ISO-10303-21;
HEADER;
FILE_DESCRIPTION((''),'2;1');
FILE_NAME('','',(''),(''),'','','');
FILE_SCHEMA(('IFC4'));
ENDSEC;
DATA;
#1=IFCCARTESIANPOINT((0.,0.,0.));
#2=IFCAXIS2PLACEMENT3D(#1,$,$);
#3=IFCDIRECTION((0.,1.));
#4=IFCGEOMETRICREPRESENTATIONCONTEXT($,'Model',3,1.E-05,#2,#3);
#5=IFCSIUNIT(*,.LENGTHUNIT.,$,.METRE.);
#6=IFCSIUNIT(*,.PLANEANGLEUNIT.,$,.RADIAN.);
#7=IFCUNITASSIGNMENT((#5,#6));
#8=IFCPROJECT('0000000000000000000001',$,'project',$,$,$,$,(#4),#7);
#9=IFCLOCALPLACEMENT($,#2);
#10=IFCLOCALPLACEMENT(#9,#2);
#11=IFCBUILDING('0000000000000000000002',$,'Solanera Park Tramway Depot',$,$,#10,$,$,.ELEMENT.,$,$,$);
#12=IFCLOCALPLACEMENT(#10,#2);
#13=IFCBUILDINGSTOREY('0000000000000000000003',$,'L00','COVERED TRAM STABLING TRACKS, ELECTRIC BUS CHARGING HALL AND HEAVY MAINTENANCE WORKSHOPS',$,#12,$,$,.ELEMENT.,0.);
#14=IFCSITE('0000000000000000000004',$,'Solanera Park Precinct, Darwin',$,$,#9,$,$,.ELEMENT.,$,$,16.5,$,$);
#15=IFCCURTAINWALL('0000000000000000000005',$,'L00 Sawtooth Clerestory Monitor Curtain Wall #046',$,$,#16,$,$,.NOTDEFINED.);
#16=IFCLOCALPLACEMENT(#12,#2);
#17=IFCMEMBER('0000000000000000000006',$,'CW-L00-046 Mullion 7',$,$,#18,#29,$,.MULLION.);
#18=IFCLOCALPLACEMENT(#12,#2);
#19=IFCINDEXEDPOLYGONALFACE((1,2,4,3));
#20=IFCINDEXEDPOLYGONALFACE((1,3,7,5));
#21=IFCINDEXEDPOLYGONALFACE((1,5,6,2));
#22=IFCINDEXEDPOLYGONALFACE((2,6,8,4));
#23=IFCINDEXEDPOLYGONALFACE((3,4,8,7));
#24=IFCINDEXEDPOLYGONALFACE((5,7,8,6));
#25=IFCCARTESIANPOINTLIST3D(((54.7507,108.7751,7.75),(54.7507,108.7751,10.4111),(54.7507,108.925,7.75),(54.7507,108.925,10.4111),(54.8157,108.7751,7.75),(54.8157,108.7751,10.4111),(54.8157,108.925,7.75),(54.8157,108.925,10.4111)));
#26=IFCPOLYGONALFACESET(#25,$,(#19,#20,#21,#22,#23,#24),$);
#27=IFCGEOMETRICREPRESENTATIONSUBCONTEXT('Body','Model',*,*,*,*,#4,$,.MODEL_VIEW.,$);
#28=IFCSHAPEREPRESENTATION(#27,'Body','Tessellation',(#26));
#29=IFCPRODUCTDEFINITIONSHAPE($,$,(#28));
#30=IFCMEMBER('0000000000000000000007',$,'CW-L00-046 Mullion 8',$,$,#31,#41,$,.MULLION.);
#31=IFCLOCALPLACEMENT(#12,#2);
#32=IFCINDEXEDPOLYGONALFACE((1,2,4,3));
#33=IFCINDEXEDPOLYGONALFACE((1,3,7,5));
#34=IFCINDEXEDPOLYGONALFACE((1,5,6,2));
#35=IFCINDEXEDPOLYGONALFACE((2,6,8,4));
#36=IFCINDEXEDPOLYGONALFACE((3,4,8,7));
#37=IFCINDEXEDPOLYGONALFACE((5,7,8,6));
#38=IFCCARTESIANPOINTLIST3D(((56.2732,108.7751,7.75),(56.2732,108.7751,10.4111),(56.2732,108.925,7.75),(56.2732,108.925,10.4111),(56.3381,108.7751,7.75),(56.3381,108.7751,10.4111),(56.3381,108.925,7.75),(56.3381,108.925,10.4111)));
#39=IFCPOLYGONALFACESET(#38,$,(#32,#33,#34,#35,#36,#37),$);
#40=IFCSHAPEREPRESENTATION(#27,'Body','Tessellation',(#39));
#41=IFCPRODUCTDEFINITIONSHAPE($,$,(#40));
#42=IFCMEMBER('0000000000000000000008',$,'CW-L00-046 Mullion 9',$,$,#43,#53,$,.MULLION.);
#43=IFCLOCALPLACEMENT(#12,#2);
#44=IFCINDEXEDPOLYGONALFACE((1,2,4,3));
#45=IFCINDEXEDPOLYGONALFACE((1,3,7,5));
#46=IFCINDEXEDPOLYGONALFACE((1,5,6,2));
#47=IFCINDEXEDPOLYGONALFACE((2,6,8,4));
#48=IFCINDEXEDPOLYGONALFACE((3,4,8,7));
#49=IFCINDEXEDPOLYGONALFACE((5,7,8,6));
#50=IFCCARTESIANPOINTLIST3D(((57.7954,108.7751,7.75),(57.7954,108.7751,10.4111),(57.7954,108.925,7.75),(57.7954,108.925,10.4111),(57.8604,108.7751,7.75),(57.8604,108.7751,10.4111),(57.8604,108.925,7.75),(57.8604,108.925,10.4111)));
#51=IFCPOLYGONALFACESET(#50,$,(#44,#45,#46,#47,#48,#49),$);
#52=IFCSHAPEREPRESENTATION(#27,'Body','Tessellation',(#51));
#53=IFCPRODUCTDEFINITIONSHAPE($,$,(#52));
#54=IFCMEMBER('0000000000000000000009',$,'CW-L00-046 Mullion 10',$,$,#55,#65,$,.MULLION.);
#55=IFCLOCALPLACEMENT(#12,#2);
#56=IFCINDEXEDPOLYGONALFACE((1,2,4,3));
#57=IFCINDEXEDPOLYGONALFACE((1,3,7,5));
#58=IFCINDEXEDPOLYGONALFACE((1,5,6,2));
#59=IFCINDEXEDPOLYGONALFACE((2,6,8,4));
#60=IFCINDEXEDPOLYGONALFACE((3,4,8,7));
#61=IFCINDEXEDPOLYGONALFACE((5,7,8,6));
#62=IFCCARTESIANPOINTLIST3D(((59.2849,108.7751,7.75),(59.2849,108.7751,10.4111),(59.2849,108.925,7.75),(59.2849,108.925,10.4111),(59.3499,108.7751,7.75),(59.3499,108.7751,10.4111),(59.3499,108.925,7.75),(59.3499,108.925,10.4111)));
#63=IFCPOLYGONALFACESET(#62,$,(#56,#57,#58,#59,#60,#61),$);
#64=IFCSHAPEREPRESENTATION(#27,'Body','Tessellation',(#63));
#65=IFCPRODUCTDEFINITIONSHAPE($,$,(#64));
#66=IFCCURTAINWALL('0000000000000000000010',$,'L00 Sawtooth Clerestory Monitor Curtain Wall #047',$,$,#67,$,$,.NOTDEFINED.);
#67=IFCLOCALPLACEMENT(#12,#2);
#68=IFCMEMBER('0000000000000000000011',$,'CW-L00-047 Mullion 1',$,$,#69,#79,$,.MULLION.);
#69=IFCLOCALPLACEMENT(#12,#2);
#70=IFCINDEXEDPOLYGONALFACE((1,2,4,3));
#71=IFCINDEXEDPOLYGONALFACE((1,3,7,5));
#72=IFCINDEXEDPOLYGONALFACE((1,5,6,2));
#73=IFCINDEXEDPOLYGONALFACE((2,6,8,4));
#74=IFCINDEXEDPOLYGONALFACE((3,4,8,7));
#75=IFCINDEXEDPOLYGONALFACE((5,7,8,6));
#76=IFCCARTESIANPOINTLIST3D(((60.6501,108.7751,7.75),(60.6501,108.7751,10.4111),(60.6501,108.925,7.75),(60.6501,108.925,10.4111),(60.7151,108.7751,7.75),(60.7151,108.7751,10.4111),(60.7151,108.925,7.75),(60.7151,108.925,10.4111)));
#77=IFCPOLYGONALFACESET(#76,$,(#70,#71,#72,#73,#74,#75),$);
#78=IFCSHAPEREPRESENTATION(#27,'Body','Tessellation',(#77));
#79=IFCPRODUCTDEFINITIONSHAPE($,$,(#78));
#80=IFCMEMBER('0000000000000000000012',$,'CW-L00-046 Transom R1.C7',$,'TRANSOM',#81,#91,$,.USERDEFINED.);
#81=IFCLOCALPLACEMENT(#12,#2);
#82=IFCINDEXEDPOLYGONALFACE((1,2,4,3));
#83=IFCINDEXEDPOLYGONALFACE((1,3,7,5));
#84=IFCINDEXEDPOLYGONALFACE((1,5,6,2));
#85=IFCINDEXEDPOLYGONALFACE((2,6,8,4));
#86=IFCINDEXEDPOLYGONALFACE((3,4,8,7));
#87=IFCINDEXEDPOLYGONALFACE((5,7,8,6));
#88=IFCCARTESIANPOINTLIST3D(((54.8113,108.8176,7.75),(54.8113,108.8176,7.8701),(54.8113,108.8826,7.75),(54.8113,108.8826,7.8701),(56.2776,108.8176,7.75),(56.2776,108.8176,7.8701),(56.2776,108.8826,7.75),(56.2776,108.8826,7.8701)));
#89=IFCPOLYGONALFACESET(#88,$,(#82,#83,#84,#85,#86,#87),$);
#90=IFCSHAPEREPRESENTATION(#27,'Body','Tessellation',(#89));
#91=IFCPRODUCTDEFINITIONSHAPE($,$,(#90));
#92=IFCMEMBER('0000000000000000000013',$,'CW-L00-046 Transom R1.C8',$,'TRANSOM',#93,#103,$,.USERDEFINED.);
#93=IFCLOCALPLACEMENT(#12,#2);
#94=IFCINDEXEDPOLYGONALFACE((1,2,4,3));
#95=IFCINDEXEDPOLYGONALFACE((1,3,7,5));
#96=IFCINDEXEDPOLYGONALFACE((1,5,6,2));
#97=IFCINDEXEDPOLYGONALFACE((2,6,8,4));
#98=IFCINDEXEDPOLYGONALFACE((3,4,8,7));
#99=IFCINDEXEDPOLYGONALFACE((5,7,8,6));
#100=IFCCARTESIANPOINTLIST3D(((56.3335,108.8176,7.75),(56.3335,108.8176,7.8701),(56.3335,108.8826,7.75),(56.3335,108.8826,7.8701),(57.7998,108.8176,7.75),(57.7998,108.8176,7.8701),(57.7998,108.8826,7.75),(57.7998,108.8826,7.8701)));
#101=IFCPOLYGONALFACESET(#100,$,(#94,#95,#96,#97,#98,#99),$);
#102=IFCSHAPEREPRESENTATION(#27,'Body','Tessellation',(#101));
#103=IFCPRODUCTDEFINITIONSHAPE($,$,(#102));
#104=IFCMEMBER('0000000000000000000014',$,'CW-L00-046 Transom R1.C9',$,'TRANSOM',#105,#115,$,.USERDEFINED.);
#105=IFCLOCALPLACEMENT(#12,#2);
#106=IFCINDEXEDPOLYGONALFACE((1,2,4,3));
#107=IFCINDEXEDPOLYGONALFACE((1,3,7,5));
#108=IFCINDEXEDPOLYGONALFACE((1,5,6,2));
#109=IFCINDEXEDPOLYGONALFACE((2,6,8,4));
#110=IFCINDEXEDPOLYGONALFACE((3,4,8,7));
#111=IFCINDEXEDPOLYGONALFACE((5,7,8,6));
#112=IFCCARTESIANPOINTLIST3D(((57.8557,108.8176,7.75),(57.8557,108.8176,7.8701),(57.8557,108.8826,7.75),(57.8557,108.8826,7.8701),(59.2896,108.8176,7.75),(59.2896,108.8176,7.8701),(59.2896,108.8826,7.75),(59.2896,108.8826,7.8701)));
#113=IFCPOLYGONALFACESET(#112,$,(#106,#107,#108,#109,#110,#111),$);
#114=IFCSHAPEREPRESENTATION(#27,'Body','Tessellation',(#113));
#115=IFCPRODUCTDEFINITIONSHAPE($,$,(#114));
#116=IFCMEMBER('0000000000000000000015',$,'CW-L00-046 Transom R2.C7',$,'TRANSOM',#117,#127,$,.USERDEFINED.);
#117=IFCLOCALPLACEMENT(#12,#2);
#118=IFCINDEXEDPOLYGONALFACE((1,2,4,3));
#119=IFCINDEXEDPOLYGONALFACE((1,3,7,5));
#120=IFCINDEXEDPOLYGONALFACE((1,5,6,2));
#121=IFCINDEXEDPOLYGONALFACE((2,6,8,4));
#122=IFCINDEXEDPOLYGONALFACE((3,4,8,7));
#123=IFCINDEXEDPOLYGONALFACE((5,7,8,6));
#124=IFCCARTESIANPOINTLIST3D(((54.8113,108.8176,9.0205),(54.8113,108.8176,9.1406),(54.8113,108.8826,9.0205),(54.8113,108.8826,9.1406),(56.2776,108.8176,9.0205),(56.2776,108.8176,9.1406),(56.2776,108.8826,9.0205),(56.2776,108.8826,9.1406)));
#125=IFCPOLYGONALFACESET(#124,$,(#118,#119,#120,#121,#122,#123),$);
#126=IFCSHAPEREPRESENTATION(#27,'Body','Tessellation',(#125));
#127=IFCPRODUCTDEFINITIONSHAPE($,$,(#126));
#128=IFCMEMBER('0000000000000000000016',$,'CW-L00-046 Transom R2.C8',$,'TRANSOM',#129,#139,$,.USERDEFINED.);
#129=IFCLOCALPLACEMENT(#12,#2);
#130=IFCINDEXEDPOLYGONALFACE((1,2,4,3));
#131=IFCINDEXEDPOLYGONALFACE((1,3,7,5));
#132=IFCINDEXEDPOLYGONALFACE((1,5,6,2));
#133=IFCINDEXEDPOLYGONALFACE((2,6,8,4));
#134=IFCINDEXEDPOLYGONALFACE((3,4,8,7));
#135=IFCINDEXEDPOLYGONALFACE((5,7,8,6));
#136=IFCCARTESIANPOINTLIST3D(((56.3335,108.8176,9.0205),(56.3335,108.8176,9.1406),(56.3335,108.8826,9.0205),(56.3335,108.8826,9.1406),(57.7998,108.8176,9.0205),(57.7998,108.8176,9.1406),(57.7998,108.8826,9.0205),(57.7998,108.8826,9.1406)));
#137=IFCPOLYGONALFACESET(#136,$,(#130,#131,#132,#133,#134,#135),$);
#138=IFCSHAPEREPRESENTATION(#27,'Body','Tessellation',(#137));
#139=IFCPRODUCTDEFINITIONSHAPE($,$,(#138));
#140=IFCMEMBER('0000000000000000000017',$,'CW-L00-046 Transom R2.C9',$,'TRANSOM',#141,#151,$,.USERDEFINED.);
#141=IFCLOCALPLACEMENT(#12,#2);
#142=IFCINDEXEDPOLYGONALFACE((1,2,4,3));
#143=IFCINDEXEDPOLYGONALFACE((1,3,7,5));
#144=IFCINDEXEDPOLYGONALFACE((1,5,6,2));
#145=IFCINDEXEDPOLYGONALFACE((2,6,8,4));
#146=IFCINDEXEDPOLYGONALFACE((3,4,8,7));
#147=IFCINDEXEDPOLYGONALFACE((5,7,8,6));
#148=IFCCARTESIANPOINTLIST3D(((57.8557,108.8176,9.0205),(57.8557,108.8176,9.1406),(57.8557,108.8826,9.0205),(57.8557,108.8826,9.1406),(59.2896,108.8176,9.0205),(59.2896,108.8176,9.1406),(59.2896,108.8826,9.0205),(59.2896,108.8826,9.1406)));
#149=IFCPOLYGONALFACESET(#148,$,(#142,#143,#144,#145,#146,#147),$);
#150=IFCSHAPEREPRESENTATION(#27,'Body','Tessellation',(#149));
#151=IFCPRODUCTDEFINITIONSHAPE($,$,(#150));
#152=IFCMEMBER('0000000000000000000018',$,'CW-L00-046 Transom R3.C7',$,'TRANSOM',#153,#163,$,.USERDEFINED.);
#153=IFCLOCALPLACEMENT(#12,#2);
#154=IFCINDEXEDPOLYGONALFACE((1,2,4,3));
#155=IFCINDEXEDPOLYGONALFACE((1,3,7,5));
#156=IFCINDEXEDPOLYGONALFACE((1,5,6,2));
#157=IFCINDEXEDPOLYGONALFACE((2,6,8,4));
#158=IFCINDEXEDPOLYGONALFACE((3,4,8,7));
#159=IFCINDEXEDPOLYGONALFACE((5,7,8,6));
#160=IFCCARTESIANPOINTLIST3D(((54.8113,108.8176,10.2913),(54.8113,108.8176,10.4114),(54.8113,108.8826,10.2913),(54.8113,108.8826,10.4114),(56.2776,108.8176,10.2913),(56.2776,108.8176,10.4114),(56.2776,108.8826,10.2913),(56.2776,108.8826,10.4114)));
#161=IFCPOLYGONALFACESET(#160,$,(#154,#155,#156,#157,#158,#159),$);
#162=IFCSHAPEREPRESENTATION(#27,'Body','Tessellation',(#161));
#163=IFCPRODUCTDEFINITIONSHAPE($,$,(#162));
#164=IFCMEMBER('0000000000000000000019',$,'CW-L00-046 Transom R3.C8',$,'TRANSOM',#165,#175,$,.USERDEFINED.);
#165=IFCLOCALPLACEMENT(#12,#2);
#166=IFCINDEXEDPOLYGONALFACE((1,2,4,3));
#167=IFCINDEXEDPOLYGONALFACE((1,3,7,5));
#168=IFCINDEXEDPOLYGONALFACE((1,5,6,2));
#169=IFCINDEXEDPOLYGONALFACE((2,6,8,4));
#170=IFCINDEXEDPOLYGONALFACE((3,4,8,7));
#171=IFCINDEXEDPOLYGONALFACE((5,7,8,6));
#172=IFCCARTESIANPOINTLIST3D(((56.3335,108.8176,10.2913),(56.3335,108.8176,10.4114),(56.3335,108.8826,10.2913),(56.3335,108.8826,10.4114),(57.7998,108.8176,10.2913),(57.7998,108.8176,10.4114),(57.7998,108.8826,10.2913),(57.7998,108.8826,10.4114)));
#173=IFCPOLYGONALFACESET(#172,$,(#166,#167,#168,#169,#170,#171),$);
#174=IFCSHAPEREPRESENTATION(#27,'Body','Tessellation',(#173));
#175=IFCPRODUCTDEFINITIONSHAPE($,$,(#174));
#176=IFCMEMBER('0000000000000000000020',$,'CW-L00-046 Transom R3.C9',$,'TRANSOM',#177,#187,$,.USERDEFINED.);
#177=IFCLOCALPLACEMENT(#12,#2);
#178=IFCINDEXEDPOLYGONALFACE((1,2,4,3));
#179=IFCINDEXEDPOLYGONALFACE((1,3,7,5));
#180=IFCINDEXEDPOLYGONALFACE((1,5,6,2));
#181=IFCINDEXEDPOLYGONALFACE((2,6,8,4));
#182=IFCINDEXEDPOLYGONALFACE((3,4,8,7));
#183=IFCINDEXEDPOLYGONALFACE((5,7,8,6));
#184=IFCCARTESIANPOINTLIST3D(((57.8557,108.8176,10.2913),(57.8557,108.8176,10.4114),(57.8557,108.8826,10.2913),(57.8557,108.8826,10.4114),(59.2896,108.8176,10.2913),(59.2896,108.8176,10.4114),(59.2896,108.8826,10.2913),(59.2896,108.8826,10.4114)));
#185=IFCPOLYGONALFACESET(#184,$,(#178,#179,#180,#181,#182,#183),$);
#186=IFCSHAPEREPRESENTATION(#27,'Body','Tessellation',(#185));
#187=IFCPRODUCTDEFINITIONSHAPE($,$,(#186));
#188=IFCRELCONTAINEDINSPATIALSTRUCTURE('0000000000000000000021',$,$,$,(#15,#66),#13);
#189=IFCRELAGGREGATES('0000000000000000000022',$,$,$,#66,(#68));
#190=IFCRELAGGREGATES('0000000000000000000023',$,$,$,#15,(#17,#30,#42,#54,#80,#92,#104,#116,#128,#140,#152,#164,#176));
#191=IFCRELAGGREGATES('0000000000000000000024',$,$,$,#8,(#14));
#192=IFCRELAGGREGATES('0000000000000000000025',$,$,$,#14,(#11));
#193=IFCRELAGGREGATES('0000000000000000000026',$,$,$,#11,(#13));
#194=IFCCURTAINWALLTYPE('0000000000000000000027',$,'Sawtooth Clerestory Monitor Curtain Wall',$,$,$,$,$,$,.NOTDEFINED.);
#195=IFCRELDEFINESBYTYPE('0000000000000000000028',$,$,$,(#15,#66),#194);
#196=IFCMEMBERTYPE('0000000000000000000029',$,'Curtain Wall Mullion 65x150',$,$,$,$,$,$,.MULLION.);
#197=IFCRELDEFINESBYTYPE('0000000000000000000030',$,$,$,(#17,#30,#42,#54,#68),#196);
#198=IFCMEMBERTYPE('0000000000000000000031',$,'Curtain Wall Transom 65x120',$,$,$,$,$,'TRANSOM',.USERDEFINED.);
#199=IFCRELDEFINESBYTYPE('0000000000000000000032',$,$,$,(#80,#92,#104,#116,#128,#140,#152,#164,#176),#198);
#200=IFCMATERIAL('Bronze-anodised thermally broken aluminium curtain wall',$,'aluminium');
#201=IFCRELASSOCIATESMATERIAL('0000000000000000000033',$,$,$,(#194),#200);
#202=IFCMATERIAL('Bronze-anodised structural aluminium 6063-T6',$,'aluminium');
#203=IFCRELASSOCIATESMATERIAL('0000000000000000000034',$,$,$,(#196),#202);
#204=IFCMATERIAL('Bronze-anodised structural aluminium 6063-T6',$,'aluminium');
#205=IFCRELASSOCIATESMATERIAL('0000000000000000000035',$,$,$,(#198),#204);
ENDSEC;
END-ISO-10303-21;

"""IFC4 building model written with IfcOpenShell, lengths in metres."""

from ifc_helpers import new_model, si_unit, direction, frame, origin, origin_2d, place, context, subcontext, project, spatial, rectangle, extrude, material, material_profile, profile_set, type_object, element, aggregate, save


model = new_model("IFC4")

# Units and contexts
model_context = context("Model", 3, precision=1e-05, world=origin(), true_north=direction((0.0, 1.0)))
body_context = subcontext(model_context, "Body", "Model", "MODEL_VIEW")
ifc_project = project(units=[si_unit("LENGTHUNIT", "METRE"), si_unit("PLANEANGLEUNIT", "RADIAN")], contexts=[model_context])

# Site, building, storey
site_placement = place(None, origin())
site = spatial("IfcSite", under=ifc_project, at=site_placement, Name="Solanera Park Precinct, Darwin", CompositionType="ELEMENT", RefElevation=16.5)
building_placement = place(site_placement, origin())
building = spatial("IfcBuilding", under=site, at=building_placement, Name="Solanera Park Tramway Depot", CompositionType="ELEMENT")
storey_placement = place(building_placement, origin())
storey = spatial("IfcBuildingStorey", under=building, at=storey_placement, Name="L00", Description="COVERED TRAM STABLING TRACKS, ELECTRIC BUS CHARGING HALL AND HEAVY MAINTENANCE WORKSHOPS", CompositionType="ELEMENT", Elevation=0.0)

# Curtain wall, members
ifc_material_1 = material(Name="Bronze-anodised thermally broken aluminium curtain wall", Category="aluminium")
curtain_wall_type = type_object("IfcCurtainWallType", Name="Sawtooth Clerestory Monitor Curtain Wall", PredefinedType="NOTDEFINED", material=ifc_material_1)
curtain_wall_1_placement = place(storey_placement, origin())
curtain_wall_1 = element("IfcCurtainWall", 1, at=curtain_wall_1_placement, inside=storey, type_object=curtain_wall_type, Name="L00 Sawtooth Clerestory Monitor Curtain Wall #046", PredefinedType="NOTDEFINED")
ifc_material_2 = material(Name="Bronze-anodised structural aluminium 6063-T6", Category="aluminium")
ifc_material_profile_1 = material_profile(ifc_material_2, rectangle(XDim=0.0649, YDim=0.1499, at=origin_2d()), Name="Curtain Wall Mullion 65x150")
ifc_profile_set_1 = profile_set([ifc_material_profile_1], Name="Bronze-anodised structural aluminium 6063-T6")
member_type_1 = type_object("IfcMemberType", Name="Curtain Wall Mullion 65x150", PredefinedType="MULLION", material=ifc_profile_set_1)
member_1_placement = place(storey_placement, frame((54.7832, 108.8501, 7.75), z_axis=(0.0, 0.0, 1.0), x_axis=(1.0, 0.0, 0.0)))
member_1 = element("IfcMember", 2, at=member_1_placement, type_object=member_type_1, Name="CW-L00-046 Mullion 7", PredefinedType="MULLION", context=body_context, shape_type="SweptSolid", body=[
    extrude(rectangle(XDim=0.0649, YDim=0.1499, at=origin_2d()), origin(), (0.0, 0.0, 1.0), 2.6611),
])
member_2_placement = place(storey_placement, frame((56.3057, 108.8501, 7.75), z_axis=(0.0, 0.0, 1.0), x_axis=(1.0, 0.0, 0.0)))
member_2 = element("IfcMember", 3, at=member_2_placement, type_object=member_type_1, Name="CW-L00-046 Mullion 8", PredefinedType="MULLION", context=body_context, shape_type="SweptSolid", body=[
    extrude(rectangle(XDim=0.0649, YDim=0.1499, at=origin_2d()), origin(), (0.0, 0.0, 1.0), 2.6611),
])
member_3_placement = place(storey_placement, frame((57.8279, 108.8501, 7.75), z_axis=(0.0, 0.0, 1.0), x_axis=(1.0, 0.0, 0.0)))
member_3 = element("IfcMember", 4, at=member_3_placement, type_object=member_type_1, Name="CW-L00-046 Mullion 9", PredefinedType="MULLION", context=body_context, shape_type="SweptSolid", body=[
    extrude(rectangle(XDim=0.0649, YDim=0.1499, at=origin_2d()), origin(), (0.0, 0.0, 1.0), 2.6611),
])
member_4_placement = place(storey_placement, frame((59.3174, 108.8501, 7.75), z_axis=(0.0, 0.0, 1.0), x_axis=(1.0, 0.0, 0.0)))
member_4 = element("IfcMember", 5, at=member_4_placement, type_object=member_type_1, Name="CW-L00-046 Mullion 10", PredefinedType="MULLION", context=body_context, shape_type="SweptSolid", body=[
    extrude(rectangle(XDim=0.0649, YDim=0.1499, at=origin_2d()), origin(), (0.0, 0.0, 1.0), 2.6611),
])

# Curtain wall, member
curtain_wall_2_placement = place(storey_placement, origin())
curtain_wall_2 = element("IfcCurtainWall", 6, at=curtain_wall_2_placement, inside=storey, type_object=curtain_wall_type, Name="L00 Sawtooth Clerestory Monitor Curtain Wall #047", PredefinedType="NOTDEFINED")
member_5_placement = place(storey_placement, frame((60.6826, 108.8501, 7.75), z_axis=(0.0, 0.0, 1.0), x_axis=(1.0, 0.0, 0.0)))
member_5 = element("IfcMember", 7, at=member_5_placement, type_object=member_type_1, Name="CW-L00-047 Mullion 1", PredefinedType="MULLION", context=body_context, shape_type="SweptSolid", body=[
    extrude(rectangle(XDim=0.0649, YDim=0.1499, at=origin_2d()), origin(), (0.0, 0.0, 1.0), 2.6611),
])
aggregate(curtain_wall_2, [member_5])

# Members
ifc_material_3 = material(Name="Bronze-anodised structural aluminium 6063-T6", Category="aluminium")
ifc_material_profile_2 = material_profile(ifc_material_3, rectangle(XDim=0.0649, YDim=0.1201, at=origin_2d()), Name="Curtain Wall Transom 65x120")
ifc_profile_set_2 = profile_set([ifc_material_profile_2], Name="Bronze-anodised structural aluminium 6063-T6")
member_type_2 = type_object("IfcMemberType", Name="Curtain Wall Transom 65x120", ElementType="TRANSOM", PredefinedType="USERDEFINED", material=ifc_profile_set_2)
member_6_placement = place(storey_placement, frame((54.8113, 108.8501, 7.8101), z_axis=(1.0, 0.0, 0.0), x_axis=(0.0, 1.0, 0.0)))
member_6 = element("IfcMember", 8, at=member_6_placement, type_object=member_type_2, Name="CW-L00-046 Transom R1.C7", ObjectType="TRANSOM", PredefinedType="USERDEFINED", context=body_context, shape_type="SweptSolid", body=[
    extrude(rectangle(XDim=0.0649, YDim=0.1201, at=origin_2d()), origin(), (0.0, 0.0, 1.0), 1.4663),
])
member_7_placement = place(storey_placement, frame((56.3335, 108.8501, 7.8101), z_axis=(1.0, 0.0, 0.0), x_axis=(0.0, 1.0, 0.0)))
member_7 = element("IfcMember", 9, at=member_7_placement, type_object=member_type_2, Name="CW-L00-046 Transom R1.C8", ObjectType="TRANSOM", PredefinedType="USERDEFINED", context=body_context, shape_type="SweptSolid", body=[
    extrude(rectangle(XDim=0.0649, YDim=0.1201, at=origin_2d()), origin(), (0.0, 0.0, 1.0), 1.4663),
])
member_8_placement = place(storey_placement, frame((57.8557, 108.8501, 7.8101), z_axis=(1.0, 0.0, 0.0), x_axis=(0.0, 1.0, 0.0)))
member_8 = element("IfcMember", 10, at=member_8_placement, type_object=member_type_2, Name="CW-L00-046 Transom R1.C9", ObjectType="TRANSOM", PredefinedType="USERDEFINED", context=body_context, shape_type="SweptSolid", body=[
    extrude(rectangle(XDim=0.0649, YDim=0.1201, at=origin_2d()), origin(), (0.0, 0.0, 1.0), 1.4338),
])
member_9_placement = place(storey_placement, frame((54.8113, 108.8501, 9.0806), z_axis=(1.0, 0.0, 0.0), x_axis=(0.0, 1.0, 0.0)))
member_9 = element("IfcMember", 11, at=member_9_placement, type_object=member_type_2, Name="CW-L00-046 Transom R2.C7", ObjectType="TRANSOM", PredefinedType="USERDEFINED", context=body_context, shape_type="SweptSolid", body=[
    extrude(rectangle(XDim=0.0649, YDim=0.1201, at=origin_2d()), origin(), (0.0, 0.0, 1.0), 1.4663),
])
member_10_placement = place(storey_placement, frame((56.3335, 108.8501, 9.0806), z_axis=(1.0, 0.0, 0.0), x_axis=(0.0, 1.0, 0.0)))
member_10 = element("IfcMember", 12, at=member_10_placement, type_object=member_type_2, Name="CW-L00-046 Transom R2.C8", ObjectType="TRANSOM", PredefinedType="USERDEFINED", context=body_context, shape_type="SweptSolid", body=[
    extrude(rectangle(XDim=0.0649, YDim=0.1201, at=origin_2d()), origin(), (0.0, 0.0, 1.0), 1.4663),
])
member_11_placement = place(storey_placement, frame((57.8557, 108.8501, 9.0806), z_axis=(1.0, 0.0, 0.0), x_axis=(0.0, 1.0, 0.0)))
member_11 = element("IfcMember", 13, at=member_11_placement, type_object=member_type_2, Name="CW-L00-046 Transom R2.C9", ObjectType="TRANSOM", PredefinedType="USERDEFINED", context=body_context, shape_type="SweptSolid", body=[
    extrude(rectangle(XDim=0.0649, YDim=0.1201, at=origin_2d()), origin(), (0.0, 0.0, 1.0), 1.4338),
])
member_12_placement = place(storey_placement, frame((54.8113, 108.8501, 10.3513), z_axis=(1.0, 0.0, 0.0), x_axis=(0.0, 1.0, 0.0)))
member_12 = element("IfcMember", 14, at=member_12_placement, type_object=member_type_2, Name="CW-L00-046 Transom R3.C7", ObjectType="TRANSOM", PredefinedType="USERDEFINED", context=body_context, shape_type="SweptSolid", body=[
    extrude(rectangle(XDim=0.0649, YDim=0.1201, at=origin_2d()), origin(), (0.0, 0.0, 1.0), 1.4663),
])
member_13_placement = place(storey_placement, frame((56.3335, 108.8501, 10.3513), z_axis=(1.0, 0.0, 0.0), x_axis=(0.0, 1.0, 0.0)))
member_13 = element("IfcMember", 15, at=member_13_placement, type_object=member_type_2, Name="CW-L00-046 Transom R3.C8", ObjectType="TRANSOM", PredefinedType="USERDEFINED", context=body_context, shape_type="SweptSolid", body=[
    extrude(rectangle(XDim=0.0649, YDim=0.1201, at=origin_2d()), origin(), (0.0, 0.0, 1.0), 1.4663),
])
member_14_placement = place(storey_placement, frame((57.8557, 108.8501, 10.3513), z_axis=(1.0, 0.0, 0.0), x_axis=(0.0, 1.0, 0.0)))
member_14 = element("IfcMember", 16, at=member_14_placement, type_object=member_type_2, Name="CW-L00-046 Transom R3.C9", ObjectType="TRANSOM", PredefinedType="USERDEFINED", context=body_context, shape_type="SweptSolid", body=[
    extrude(rectangle(XDim=0.0649, YDim=0.1201, at=origin_2d()), origin(), (0.0, 0.0, 1.0), 1.4338),
])

aggregate(curtain_wall_1, [member_1, member_2, member_3, member_4, member_6, member_7, member_8, member_9, member_10, member_11, member_12, member_13, member_14])

save(model, "model.ifc")
